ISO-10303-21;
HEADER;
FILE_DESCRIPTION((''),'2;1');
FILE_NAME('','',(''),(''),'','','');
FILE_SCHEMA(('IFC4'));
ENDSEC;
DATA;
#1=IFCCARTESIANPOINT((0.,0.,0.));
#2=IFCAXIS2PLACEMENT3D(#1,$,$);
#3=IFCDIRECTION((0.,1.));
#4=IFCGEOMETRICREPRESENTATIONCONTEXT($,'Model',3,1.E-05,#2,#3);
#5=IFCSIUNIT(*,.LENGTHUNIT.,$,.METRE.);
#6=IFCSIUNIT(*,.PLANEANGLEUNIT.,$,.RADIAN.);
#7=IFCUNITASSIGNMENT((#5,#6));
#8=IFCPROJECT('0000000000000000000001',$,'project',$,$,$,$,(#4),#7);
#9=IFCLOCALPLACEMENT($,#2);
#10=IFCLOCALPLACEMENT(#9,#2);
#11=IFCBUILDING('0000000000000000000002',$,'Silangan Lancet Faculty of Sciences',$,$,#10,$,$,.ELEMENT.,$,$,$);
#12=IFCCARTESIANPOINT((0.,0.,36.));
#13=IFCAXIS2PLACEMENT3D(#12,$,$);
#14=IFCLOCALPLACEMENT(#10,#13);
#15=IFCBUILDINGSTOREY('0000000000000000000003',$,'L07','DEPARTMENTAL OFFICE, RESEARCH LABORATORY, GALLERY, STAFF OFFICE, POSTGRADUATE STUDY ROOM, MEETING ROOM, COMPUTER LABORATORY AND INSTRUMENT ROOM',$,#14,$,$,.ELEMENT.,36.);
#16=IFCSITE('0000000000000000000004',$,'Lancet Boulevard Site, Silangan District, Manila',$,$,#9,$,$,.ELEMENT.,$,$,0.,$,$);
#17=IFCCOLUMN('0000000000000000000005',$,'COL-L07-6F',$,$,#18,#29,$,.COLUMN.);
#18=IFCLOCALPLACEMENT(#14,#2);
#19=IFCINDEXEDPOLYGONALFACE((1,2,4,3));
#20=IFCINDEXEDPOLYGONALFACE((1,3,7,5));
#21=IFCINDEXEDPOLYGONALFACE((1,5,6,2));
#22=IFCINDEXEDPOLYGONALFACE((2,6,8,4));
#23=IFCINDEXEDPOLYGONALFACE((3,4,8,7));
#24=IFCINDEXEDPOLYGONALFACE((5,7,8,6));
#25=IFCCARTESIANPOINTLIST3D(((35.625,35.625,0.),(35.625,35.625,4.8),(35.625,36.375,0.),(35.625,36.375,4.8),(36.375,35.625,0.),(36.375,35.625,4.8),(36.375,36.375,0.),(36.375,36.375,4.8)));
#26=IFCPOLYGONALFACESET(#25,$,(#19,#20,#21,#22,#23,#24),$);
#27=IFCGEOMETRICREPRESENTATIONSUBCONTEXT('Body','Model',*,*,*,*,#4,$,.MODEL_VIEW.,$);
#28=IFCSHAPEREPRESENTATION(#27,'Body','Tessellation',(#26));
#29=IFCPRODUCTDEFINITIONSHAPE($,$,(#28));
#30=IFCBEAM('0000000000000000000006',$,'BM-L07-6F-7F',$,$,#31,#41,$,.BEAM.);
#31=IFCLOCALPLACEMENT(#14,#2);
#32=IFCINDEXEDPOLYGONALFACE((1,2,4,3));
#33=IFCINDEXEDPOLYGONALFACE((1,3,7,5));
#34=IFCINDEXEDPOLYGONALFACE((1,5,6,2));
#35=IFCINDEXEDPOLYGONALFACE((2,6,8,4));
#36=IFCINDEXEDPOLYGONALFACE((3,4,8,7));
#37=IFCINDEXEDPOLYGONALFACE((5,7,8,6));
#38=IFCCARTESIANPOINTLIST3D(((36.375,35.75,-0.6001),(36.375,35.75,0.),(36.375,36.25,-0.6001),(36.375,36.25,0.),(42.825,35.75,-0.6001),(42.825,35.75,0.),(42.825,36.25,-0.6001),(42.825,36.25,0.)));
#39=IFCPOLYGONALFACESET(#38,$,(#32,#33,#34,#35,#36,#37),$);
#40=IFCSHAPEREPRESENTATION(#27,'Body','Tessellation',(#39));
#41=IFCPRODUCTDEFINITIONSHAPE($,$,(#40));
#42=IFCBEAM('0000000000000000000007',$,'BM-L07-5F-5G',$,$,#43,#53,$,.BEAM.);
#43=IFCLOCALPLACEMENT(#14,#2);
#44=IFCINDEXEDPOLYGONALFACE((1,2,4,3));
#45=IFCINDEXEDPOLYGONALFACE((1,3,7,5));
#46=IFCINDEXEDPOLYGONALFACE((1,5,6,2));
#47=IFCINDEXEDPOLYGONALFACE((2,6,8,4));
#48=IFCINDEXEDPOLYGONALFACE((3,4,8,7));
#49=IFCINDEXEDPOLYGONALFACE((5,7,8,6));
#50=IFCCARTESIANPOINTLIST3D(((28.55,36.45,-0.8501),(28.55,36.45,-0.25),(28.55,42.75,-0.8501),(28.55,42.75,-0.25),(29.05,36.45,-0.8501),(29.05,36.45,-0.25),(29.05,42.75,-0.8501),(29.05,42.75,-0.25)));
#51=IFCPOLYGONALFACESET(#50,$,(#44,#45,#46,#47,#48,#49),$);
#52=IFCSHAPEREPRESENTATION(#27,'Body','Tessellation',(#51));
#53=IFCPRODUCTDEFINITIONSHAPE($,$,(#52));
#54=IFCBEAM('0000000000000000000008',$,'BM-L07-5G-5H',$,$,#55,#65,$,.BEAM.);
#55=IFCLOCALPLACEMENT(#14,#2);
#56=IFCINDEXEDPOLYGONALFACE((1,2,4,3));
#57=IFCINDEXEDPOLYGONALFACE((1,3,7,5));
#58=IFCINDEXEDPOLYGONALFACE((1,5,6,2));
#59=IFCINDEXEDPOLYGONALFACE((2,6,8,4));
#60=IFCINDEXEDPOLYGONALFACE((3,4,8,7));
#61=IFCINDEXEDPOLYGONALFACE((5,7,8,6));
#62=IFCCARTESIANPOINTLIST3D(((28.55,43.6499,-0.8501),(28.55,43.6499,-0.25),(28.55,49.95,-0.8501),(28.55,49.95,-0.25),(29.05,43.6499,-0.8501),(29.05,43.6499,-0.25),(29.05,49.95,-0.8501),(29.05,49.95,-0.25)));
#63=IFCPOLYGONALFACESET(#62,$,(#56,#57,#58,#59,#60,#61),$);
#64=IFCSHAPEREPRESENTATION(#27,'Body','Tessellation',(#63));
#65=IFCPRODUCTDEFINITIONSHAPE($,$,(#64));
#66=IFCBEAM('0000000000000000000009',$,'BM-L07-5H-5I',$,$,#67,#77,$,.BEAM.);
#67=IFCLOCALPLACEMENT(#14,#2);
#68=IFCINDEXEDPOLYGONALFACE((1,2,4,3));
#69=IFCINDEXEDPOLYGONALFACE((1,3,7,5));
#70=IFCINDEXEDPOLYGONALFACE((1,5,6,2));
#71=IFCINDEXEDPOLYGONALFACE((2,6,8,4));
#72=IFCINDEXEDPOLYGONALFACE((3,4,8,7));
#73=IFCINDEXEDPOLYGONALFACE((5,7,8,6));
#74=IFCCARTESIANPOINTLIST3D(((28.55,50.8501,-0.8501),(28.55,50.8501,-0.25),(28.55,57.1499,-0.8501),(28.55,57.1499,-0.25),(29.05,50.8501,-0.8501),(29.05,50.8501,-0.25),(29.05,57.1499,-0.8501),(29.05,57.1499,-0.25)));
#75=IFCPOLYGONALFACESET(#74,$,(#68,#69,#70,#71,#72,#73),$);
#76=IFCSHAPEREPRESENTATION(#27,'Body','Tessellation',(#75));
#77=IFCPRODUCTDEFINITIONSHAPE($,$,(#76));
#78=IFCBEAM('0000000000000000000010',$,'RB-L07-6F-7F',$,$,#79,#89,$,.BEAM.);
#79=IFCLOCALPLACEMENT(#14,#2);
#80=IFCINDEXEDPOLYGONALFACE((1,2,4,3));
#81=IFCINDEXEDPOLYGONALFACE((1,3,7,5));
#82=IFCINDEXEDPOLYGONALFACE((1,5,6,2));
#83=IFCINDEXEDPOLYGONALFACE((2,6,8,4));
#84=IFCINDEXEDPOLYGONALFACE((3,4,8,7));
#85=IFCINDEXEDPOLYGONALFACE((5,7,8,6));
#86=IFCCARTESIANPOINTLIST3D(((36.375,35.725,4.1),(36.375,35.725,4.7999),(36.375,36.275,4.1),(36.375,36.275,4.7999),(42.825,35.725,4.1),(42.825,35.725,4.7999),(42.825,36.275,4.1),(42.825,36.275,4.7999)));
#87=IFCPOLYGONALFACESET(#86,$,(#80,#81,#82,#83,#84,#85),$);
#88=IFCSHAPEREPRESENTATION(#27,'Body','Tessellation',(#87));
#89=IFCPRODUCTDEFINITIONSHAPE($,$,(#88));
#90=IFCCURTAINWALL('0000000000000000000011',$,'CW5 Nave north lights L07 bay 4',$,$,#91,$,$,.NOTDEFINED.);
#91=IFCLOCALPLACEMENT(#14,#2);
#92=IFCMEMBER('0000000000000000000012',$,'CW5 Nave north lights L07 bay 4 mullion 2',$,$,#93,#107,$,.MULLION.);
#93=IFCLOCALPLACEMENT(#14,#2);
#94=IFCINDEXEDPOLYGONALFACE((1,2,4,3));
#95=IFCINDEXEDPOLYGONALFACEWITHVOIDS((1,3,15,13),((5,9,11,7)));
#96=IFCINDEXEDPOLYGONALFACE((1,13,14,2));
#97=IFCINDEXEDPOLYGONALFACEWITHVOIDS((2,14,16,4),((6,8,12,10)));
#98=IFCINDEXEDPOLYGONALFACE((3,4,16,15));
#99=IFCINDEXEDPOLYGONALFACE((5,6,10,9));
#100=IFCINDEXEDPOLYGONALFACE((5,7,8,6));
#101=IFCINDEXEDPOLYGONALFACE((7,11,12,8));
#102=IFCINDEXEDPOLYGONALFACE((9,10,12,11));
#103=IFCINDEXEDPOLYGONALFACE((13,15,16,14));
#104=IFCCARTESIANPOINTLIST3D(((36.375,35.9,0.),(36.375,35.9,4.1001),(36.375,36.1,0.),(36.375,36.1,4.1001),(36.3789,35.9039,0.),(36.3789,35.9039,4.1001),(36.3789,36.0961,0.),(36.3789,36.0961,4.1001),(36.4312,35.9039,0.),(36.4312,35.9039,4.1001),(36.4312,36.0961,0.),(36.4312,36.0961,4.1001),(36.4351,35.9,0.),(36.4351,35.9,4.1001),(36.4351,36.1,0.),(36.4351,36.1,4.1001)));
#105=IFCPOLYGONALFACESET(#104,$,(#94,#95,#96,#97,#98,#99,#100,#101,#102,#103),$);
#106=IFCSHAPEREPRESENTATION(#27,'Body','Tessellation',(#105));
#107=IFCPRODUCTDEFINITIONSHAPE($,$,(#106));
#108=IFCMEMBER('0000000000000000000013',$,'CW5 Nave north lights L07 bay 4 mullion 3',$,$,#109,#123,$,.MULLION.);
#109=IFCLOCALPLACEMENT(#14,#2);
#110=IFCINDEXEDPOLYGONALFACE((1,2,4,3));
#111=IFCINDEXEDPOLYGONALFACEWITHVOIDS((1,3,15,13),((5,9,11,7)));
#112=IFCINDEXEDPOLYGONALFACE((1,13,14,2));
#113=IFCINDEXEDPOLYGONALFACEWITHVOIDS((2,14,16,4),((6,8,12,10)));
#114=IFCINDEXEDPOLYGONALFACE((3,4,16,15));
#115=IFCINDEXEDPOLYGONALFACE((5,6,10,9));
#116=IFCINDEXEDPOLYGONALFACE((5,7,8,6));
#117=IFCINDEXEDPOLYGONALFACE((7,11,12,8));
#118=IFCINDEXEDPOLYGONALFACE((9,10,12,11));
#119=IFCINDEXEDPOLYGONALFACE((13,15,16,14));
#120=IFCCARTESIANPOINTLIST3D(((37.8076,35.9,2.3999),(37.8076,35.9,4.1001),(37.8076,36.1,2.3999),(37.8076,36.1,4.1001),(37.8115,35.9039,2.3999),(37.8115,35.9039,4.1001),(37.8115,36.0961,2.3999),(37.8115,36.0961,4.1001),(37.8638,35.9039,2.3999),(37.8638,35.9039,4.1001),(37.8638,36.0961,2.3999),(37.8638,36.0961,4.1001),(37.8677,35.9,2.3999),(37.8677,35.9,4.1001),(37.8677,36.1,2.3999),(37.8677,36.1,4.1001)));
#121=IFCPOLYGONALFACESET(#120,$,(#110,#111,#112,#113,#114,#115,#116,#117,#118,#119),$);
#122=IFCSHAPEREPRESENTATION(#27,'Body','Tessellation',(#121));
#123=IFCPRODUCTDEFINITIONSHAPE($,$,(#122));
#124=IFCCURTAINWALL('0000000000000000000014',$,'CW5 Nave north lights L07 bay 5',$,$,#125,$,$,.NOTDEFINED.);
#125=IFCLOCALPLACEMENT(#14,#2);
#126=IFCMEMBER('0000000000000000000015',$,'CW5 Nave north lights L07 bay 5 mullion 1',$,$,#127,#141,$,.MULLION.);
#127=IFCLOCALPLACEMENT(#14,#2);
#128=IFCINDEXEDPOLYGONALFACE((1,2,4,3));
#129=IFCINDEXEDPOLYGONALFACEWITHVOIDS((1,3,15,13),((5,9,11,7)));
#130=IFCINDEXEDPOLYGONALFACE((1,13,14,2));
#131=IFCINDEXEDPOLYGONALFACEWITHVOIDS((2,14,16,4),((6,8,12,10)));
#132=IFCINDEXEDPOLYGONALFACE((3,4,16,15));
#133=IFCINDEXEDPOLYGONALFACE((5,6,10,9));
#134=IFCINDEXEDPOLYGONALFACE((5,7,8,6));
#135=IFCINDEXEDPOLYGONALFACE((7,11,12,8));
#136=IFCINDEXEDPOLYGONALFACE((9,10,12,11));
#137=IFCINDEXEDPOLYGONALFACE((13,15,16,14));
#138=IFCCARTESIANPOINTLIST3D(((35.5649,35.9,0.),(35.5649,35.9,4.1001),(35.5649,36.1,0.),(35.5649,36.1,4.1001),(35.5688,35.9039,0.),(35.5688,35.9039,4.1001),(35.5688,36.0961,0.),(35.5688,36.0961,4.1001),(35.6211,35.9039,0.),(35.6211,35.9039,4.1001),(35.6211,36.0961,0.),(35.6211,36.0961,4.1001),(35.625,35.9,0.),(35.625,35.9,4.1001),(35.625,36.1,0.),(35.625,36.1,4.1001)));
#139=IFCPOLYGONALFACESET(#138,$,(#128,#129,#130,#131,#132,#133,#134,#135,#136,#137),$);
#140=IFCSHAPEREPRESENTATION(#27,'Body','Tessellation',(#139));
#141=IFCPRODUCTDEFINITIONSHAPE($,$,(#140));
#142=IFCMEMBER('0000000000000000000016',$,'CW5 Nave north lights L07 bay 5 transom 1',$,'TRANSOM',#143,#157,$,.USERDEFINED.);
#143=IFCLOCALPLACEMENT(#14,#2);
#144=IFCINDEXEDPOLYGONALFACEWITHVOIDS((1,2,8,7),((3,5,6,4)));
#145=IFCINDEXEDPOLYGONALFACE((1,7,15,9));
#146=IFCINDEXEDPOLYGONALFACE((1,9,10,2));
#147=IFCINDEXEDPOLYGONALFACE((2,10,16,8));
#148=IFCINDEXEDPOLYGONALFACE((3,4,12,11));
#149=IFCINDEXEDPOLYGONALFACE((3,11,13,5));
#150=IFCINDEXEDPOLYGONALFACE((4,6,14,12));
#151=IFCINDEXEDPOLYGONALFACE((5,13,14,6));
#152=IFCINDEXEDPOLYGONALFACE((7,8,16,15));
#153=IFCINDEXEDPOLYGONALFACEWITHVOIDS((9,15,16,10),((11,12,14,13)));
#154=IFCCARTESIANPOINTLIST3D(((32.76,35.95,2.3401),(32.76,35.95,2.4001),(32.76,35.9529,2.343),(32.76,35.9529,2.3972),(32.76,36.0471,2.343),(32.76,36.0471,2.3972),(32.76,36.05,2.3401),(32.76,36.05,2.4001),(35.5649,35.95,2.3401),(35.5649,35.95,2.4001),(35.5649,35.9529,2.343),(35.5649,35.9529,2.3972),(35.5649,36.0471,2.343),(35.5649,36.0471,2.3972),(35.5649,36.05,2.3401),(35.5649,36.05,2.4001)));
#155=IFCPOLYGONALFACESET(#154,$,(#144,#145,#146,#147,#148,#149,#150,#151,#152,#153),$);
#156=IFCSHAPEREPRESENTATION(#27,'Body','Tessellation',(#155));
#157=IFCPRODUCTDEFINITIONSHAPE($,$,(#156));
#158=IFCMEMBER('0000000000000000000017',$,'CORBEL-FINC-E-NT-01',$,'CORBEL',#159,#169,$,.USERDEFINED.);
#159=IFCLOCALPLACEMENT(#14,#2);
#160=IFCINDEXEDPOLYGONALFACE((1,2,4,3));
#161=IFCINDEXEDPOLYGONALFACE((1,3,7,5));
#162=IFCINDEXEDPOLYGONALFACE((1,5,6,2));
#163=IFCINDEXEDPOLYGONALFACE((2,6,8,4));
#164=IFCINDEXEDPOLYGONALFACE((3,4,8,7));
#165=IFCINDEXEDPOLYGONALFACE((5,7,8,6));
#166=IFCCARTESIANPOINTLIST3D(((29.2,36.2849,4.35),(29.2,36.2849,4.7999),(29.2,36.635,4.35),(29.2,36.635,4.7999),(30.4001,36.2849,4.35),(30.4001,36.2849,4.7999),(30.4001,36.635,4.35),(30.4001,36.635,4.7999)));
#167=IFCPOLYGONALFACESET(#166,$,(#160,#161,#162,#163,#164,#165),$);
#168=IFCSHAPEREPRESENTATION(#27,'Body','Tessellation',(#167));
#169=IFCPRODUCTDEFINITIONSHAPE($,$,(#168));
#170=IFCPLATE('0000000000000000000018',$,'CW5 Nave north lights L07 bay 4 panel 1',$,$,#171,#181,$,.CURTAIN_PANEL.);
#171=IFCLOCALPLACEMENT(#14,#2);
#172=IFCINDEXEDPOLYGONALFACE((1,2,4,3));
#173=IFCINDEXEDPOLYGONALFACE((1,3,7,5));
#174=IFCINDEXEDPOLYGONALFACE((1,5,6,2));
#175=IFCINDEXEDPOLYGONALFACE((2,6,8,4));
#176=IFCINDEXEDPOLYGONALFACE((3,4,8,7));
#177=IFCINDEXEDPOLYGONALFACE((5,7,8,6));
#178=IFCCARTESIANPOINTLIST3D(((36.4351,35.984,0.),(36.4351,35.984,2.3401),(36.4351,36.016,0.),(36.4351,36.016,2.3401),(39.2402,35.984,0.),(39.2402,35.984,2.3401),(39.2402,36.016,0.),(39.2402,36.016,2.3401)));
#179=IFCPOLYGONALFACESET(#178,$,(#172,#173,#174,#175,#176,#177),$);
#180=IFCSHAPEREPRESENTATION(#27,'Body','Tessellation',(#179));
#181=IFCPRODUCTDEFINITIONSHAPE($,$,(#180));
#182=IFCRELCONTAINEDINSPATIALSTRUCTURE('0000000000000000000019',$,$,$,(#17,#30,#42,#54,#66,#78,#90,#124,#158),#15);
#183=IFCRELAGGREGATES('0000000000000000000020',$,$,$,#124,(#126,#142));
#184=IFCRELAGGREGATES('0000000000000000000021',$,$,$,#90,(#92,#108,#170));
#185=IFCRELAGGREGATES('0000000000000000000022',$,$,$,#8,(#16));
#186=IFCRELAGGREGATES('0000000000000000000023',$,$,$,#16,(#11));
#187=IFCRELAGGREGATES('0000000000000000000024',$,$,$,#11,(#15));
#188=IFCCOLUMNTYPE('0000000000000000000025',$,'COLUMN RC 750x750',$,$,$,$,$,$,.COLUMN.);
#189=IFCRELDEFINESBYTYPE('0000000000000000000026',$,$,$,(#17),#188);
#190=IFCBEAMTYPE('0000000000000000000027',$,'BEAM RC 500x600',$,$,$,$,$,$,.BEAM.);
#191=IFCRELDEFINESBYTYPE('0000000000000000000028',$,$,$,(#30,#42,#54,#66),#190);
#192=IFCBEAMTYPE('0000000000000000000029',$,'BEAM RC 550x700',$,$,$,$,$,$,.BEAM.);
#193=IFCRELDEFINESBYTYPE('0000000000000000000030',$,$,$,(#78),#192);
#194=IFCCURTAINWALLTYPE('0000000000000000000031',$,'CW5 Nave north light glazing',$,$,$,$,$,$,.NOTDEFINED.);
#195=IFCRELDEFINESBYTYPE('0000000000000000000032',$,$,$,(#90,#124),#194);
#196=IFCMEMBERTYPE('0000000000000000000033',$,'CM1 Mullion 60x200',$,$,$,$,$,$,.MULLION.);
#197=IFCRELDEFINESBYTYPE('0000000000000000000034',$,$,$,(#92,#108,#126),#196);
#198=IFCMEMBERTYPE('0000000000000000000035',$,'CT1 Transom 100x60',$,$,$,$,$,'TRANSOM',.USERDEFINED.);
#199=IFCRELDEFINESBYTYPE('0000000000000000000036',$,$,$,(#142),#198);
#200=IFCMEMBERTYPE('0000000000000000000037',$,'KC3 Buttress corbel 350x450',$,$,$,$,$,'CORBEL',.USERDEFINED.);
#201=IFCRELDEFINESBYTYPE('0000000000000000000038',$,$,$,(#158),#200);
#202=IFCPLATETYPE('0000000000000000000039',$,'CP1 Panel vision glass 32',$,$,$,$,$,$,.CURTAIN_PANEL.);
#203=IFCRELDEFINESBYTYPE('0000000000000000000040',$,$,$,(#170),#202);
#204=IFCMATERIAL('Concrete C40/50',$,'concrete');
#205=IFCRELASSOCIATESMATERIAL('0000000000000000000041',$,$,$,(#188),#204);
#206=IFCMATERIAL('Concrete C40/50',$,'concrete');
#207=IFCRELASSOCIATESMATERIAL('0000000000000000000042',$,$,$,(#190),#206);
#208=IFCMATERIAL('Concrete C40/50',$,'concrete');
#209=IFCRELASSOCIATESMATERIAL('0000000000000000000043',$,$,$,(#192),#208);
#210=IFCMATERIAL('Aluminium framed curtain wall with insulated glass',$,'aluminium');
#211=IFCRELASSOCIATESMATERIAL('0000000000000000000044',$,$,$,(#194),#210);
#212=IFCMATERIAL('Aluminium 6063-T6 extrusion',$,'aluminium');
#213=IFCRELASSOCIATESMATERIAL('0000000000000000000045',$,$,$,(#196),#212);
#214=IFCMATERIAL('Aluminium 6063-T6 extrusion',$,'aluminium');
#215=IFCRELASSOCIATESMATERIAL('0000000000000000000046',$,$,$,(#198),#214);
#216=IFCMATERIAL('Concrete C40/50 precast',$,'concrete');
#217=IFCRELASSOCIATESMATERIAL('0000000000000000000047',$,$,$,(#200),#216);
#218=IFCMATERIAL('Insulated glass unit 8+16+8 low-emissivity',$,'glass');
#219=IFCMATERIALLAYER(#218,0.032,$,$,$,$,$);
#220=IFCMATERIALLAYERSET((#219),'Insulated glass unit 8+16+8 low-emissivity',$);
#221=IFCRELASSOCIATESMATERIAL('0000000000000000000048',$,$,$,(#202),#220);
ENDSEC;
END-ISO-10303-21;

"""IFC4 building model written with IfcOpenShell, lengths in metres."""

from ifc_helpers import new_model, si_unit, direction, frame, origin, origin_2d, place, context, subcontext, project, spatial, rectangle, hollow_rectangle, extrude, material, layer, layer_set, material_profile, profile_set, type_object, element, aggregate, save


model = new_model("IFC4")

# Units and contexts
model_context = context("Model", 3, precision=1e-05, world=origin(), true_north=direction((0.0, 1.0)))
body_context = subcontext(model_context, "Body", "Model", "MODEL_VIEW")
ifc_project = project(units=[si_unit("LENGTHUNIT", "METRE"), si_unit("PLANEANGLEUNIT", "RADIAN")], contexts=[model_context])

# Site, building, storey
site_placement = place(None, origin())
site = spatial("IfcSite", under=ifc_project, at=site_placement, Name="Lancet Boulevard Site, Silangan District, Manila", CompositionType="ELEMENT", RefElevation=0.0)
building_placement = place(site_placement, origin())
building = spatial("IfcBuilding", under=site, at=building_placement, Name="Silangan Lancet Faculty of Sciences", CompositionType="ELEMENT")
storey_placement = place(building_placement, frame((0.0, 0.0, 36.0)))
storey = spatial("IfcBuildingStorey", under=building, at=storey_placement, Name="L07", Description="DEPARTMENTAL OFFICE, RESEARCH LABORATORY, GALLERY, STAFF OFFICE, POSTGRADUATE STUDY ROOM, MEETING ROOM, COMPUTER LABORATORY AND INSTRUMENT ROOM", CompositionType="ELEMENT", Elevation=36.0)

# Column
ifc_material_1 = material(Name="Concrete C40/50", Category="concrete")
ifc_material_profile_1 = material_profile(ifc_material_1, rectangle(XDim=0.75, YDim=0.75, at=origin_2d()), Name="RC 750x750")
ifc_profile_set_1 = profile_set([ifc_material_profile_1], Name="Concrete C40/50")
column_type = type_object("IfcColumnType", Name="COLUMN RC 750x750", PredefinedType="COLUMN", material=ifc_profile_set_1)
column_placement = place(storey_placement, frame((36.0, 36.0, 0.0), z_axis=(0.0, 0.0, 1.0), x_axis=(1.0, 0.0, 0.0)))
element("IfcColumn", 1, at=column_placement, inside=storey, type_object=column_type, Name="COL-L07-6F", PredefinedType="COLUMN", context=body_context, shape_type="SweptSolid", body=[
    extrude(rectangle(XDim=0.75, YDim=0.75, at=origin_2d()), origin(), (0.0, 0.0, 1.0), 4.8),
])

# Beams
ifc_material_2 = material(Name="Concrete C40/50", Category="concrete")
ifc_material_profile_2 = material_profile(ifc_material_2, rectangle(XDim=0.5, YDim=0.6001, at=origin_2d()), Name="RC 500x600")
ifc_profile_set_2 = profile_set([ifc_material_profile_2], Name="Concrete C40/50")
beam_type_1 = type_object("IfcBeamType", Name="BEAM RC 500x600", PredefinedType="BEAM", material=ifc_profile_set_2)
beam_1_placement = place(storey_placement, frame((36.375, 36.0, -0.3), z_axis=(1.0, 0.0, 0.0), x_axis=(0.0, 1.0, 0.0)))
element("IfcBeam", 2, at=beam_1_placement, inside=storey, type_object=beam_type_1, Name="BM-L07-6F-7F", PredefinedType="BEAM", context=body_context, shape_type="SweptSolid", body=[
    extrude(rectangle(XDim=0.5, YDim=0.6001, at=origin_2d()), origin(), (0.0, 0.0, 1.0), 6.45),
])
for number, where, z_axis, x_axis, name in (
    (3, (28.8, 36.45, -0.55), (0.0, 1.0, 0.0), (-1.0, 0.0, 0.0), "BM-L07-5F-5G"),
    (4, (28.8, 43.6499, -0.55), (0.0, 1.0, 0.0), (-1.0, 0.0, 0.0), "BM-L07-5G-5H"),
):
    element("IfcBeam", number, at=place(storey_placement, frame(where, z_axis=z_axis, x_axis=x_axis)), inside=storey, type_object=beam_type_1, Name=name, PredefinedType="BEAM", context=body_context, shape_type="SweptSolid", body=[
        extrude(rectangle(XDim=0.5, YDim=0.6001, at=origin_2d()), origin(), (0.0, 0.0, 1.0), 6.3),
    ])
beam_2_placement = place(storey_placement, frame((28.8, 50.8501, -0.55), z_axis=(0.0, 1.0, 0.0), x_axis=(-1.0, 0.0, 0.0)))
element("IfcBeam", 5, at=beam_2_placement, inside=storey, type_object=beam_type_1, Name="BM-L07-5H-5I", PredefinedType="BEAM", context=body_context, shape_type="SweptSolid", body=[
    extrude(rectangle(XDim=0.5, YDim=0.6001, at=origin_2d()), origin(), (0.0, 0.0, 1.0), 6.2998),
])
ifc_material_3 = material(Name="Concrete C40/50", Category="concrete")
ifc_material_profile_3 = material_profile(ifc_material_3, rectangle(XDim=0.55, YDim=0.7, at=origin_2d()), Name="RC 550x700")
ifc_profile_set_3 = profile_set([ifc_material_profile_3], Name="Concrete C40/50")
beam_type_2 = type_object("IfcBeamType", Name="BEAM RC 550x700", PredefinedType="BEAM", material=ifc_profile_set_3)
beam_3_placement = place(storey_placement, frame((36.375, 36.0, 4.45), z_axis=(1.0, 0.0, 0.0), x_axis=(0.0, 1.0, 0.0)))
element("IfcBeam", 6, at=beam_3_placement, inside=storey, type_object=beam_type_2, Name="RB-L07-6F-7F", PredefinedType="BEAM", context=body_context, shape_type="SweptSolid", body=[
    extrude(rectangle(XDim=0.55, YDim=0.7, at=origin_2d()), origin(), (0.0, 0.0, 1.0), 6.45),
])

# Curtain walls, members
ifc_material_4 = material(Name="Aluminium framed curtain wall with insulated glass", Category="aluminium")
curtain_wall_type = type_object("IfcCurtainWallType", Name="CW5 Nave north light glazing", PredefinedType="NOTDEFINED", material=ifc_material_4)
curtain_wall_1_placement = place(storey_placement, origin())
curtain_wall_1 = element("IfcCurtainWall", 7, at=curtain_wall_1_placement, inside=storey, type_object=curtain_wall_type, Name="CW5 Nave north lights L07 bay 4", PredefinedType="NOTDEFINED")
ifc_material_5 = material(Name="Aluminium 6063-T6 extrusion", Category="aluminium")
ifc_material_profile_4 = material_profile(ifc_material_5, hollow_rectangle(XDim=0.0601, YDim=0.2, WallThickness=0.0039, at=origin_2d()), Name="AL BOX 60x200x4")
ifc_profile_set_4 = profile_set([ifc_material_profile_4], Name="Aluminium 6063-T6 extrusion")
member_type_1 = type_object("IfcMemberType", Name="CM1 Mullion 60x200", PredefinedType="MULLION", material=ifc_profile_set_4)
member_1_placement = place(storey_placement, frame((36.405, 36.0, 0.0), z_axis=(0.0, 0.0, 1.0), x_axis=(-1.0, 0.0, 0.0)))
member_1 = element("IfcMember", 8, at=member_1_placement, type_object=member_type_1, Name="CW5 Nave north lights L07 bay 4 mullion 2", PredefinedType="MULLION", context=body_context, shape_type="SweptSolid", body=[
    extrude(hollow_rectangle(XDim=0.0601, YDim=0.2, WallThickness=0.0039, at=origin_2d()), origin(), (0.0, 0.0, 1.0), 4.1001),
])
member_2_placement = place(storey_placement, frame((37.8376, 36.0, 2.3999), z_axis=(0.0, 0.0, 1.0), x_axis=(-1.0, 0.0, 0.0)))
member_2 = element("IfcMember", 9, at=member_2_placement, type_object=member_type_1, Name="CW5 Nave north lights L07 bay 4 mullion 3", PredefinedType="MULLION", context=body_context, shape_type="SweptSolid", body=[
    extrude(hollow_rectangle(XDim=0.0601, YDim=0.2, WallThickness=0.0039, at=origin_2d()), origin(), (0.0, 0.0, 1.0), 1.7002),
])
curtain_wall_2_placement = place(storey_placement, origin())
curtain_wall_2 = element("IfcCurtainWall", 10, at=curtain_wall_2_placement, inside=storey, type_object=curtain_wall_type, Name="CW5 Nave north lights L07 bay 5", PredefinedType="NOTDEFINED")
member_3_placement = place(storey_placement, frame((35.595, 36.0, 0.0), z_axis=(0.0, 0.0, 1.0), x_axis=(-1.0, 0.0, 0.0)))
member_3 = element("IfcMember", 11, at=member_3_placement, type_object=member_type_1, Name="CW5 Nave north lights L07 bay 5 mullion 1", PredefinedType="MULLION", context=body_context, shape_type="SweptSolid", body=[
    extrude(hollow_rectangle(XDim=0.0601, YDim=0.2, WallThickness=0.0039, at=origin_2d()), origin(), (0.0, 0.0, 1.0), 4.1001),
])
ifc_material_6 = material(Name="Aluminium 6063-T6 extrusion", Category="aluminium")
ifc_material_profile_5 = material_profile(ifc_material_6, hollow_rectangle(XDim=0.1001, YDim=0.0601, WallThickness=0.0029, at=origin_2d()), Name="AL BOX 100x60x3")
ifc_profile_set_5 = profile_set([ifc_material_profile_5], Name="Aluminium 6063-T6 extrusion")
member_type_2 = type_object("IfcMemberType", Name="CT1 Transom 100x60", ElementType="TRANSOM", PredefinedType="USERDEFINED", material=ifc_profile_set_5)
member_4_placement = place(storey_placement, frame((35.5649, 36.0, 2.3701), z_axis=(-1.0, 0.0, 0.0), x_axis=(0.0, -1.0, 0.0)))
member_4 = element("IfcMember", 12, at=member_4_placement, type_object=member_type_2, Name="CW5 Nave north lights L07 bay 5 transom 1", ObjectType="TRANSOM", PredefinedType="USERDEFINED", context=body_context, shape_type="SweptSolid", body=[
    extrude(hollow_rectangle(XDim=0.1001, YDim=0.0601, WallThickness=0.0029, at=origin_2d()), origin(), (0.0, 0.0, 1.0), 2.8049),
])
aggregate(curtain_wall_2, [member_3, member_4])

# Member
ifc_material_7 = material(Name="Concrete C40/50 precast", Category="concrete")
ifc_material_profile_6 = material_profile(ifc_material_7, rectangle(XDim=0.3501, YDim=0.45, at=origin_2d()), Name="RC 350x450")
ifc_profile_set_6 = profile_set([ifc_material_profile_6], Name="Concrete C40/50 precast")
member_type_3 = type_object("IfcMemberType", Name="KC3 Buttress corbel 350x450", ElementType="CORBEL", PredefinedType="USERDEFINED", material=ifc_profile_set_6)
member_5_placement = place(storey_placement, frame((29.2, 36.46, 4.575), z_axis=(1.0, 0.0, 0.0), x_axis=(0.0, 1.0, 0.0)))
element("IfcMember", 13, at=member_5_placement, inside=storey, type_object=member_type_3, Name="CORBEL-FINC-E-NT-01", ObjectType="CORBEL", PredefinedType="USERDEFINED", context=body_context, shape_type="SweptSolid", body=[
    extrude(rectangle(XDim=0.3501, YDim=0.45, at=origin_2d()), origin(), (0.0, 0.0, 1.0), 1.2002),
])

# Plate
ifc_material_8 = material(Name="Insulated glass unit 8+16+8 low-emissivity", Category="glass")
ifc_layer_1 = layer(ifc_material_8, 0.032)
ifc_layer_set_1 = layer_set([ifc_layer_1], Name="Insulated glass unit 8+16+8 low-emissivity")
plate_type = type_object("IfcPlateType", Name="CP1 Panel vision glass 32", PredefinedType="CURTAIN_PANEL", material=ifc_layer_set_1)
plate_1_placement = place(storey_placement, frame((37.8376, 36.0, 0.0), z_axis=(0.0, 0.0, 1.0), x_axis=(-1.0, 0.0, 0.0)))
plate_1 = element("IfcPlate", 14, at=plate_1_placement, type_object=plate_type, Name="CW5 Nave north lights L07 bay 4 panel 1", PredefinedType="CURTAIN_PANEL", context=body_context, shape_type="SweptSolid", body=[
    extrude(rectangle(XDim=2.8052, YDim=0.032, at=origin_2d()), origin(), (0.0, 0.0, 1.0), 2.3401),
])
aggregate(curtain_wall_1, [member_1, member_2, plate_1])

save(model, "model.ifc")
